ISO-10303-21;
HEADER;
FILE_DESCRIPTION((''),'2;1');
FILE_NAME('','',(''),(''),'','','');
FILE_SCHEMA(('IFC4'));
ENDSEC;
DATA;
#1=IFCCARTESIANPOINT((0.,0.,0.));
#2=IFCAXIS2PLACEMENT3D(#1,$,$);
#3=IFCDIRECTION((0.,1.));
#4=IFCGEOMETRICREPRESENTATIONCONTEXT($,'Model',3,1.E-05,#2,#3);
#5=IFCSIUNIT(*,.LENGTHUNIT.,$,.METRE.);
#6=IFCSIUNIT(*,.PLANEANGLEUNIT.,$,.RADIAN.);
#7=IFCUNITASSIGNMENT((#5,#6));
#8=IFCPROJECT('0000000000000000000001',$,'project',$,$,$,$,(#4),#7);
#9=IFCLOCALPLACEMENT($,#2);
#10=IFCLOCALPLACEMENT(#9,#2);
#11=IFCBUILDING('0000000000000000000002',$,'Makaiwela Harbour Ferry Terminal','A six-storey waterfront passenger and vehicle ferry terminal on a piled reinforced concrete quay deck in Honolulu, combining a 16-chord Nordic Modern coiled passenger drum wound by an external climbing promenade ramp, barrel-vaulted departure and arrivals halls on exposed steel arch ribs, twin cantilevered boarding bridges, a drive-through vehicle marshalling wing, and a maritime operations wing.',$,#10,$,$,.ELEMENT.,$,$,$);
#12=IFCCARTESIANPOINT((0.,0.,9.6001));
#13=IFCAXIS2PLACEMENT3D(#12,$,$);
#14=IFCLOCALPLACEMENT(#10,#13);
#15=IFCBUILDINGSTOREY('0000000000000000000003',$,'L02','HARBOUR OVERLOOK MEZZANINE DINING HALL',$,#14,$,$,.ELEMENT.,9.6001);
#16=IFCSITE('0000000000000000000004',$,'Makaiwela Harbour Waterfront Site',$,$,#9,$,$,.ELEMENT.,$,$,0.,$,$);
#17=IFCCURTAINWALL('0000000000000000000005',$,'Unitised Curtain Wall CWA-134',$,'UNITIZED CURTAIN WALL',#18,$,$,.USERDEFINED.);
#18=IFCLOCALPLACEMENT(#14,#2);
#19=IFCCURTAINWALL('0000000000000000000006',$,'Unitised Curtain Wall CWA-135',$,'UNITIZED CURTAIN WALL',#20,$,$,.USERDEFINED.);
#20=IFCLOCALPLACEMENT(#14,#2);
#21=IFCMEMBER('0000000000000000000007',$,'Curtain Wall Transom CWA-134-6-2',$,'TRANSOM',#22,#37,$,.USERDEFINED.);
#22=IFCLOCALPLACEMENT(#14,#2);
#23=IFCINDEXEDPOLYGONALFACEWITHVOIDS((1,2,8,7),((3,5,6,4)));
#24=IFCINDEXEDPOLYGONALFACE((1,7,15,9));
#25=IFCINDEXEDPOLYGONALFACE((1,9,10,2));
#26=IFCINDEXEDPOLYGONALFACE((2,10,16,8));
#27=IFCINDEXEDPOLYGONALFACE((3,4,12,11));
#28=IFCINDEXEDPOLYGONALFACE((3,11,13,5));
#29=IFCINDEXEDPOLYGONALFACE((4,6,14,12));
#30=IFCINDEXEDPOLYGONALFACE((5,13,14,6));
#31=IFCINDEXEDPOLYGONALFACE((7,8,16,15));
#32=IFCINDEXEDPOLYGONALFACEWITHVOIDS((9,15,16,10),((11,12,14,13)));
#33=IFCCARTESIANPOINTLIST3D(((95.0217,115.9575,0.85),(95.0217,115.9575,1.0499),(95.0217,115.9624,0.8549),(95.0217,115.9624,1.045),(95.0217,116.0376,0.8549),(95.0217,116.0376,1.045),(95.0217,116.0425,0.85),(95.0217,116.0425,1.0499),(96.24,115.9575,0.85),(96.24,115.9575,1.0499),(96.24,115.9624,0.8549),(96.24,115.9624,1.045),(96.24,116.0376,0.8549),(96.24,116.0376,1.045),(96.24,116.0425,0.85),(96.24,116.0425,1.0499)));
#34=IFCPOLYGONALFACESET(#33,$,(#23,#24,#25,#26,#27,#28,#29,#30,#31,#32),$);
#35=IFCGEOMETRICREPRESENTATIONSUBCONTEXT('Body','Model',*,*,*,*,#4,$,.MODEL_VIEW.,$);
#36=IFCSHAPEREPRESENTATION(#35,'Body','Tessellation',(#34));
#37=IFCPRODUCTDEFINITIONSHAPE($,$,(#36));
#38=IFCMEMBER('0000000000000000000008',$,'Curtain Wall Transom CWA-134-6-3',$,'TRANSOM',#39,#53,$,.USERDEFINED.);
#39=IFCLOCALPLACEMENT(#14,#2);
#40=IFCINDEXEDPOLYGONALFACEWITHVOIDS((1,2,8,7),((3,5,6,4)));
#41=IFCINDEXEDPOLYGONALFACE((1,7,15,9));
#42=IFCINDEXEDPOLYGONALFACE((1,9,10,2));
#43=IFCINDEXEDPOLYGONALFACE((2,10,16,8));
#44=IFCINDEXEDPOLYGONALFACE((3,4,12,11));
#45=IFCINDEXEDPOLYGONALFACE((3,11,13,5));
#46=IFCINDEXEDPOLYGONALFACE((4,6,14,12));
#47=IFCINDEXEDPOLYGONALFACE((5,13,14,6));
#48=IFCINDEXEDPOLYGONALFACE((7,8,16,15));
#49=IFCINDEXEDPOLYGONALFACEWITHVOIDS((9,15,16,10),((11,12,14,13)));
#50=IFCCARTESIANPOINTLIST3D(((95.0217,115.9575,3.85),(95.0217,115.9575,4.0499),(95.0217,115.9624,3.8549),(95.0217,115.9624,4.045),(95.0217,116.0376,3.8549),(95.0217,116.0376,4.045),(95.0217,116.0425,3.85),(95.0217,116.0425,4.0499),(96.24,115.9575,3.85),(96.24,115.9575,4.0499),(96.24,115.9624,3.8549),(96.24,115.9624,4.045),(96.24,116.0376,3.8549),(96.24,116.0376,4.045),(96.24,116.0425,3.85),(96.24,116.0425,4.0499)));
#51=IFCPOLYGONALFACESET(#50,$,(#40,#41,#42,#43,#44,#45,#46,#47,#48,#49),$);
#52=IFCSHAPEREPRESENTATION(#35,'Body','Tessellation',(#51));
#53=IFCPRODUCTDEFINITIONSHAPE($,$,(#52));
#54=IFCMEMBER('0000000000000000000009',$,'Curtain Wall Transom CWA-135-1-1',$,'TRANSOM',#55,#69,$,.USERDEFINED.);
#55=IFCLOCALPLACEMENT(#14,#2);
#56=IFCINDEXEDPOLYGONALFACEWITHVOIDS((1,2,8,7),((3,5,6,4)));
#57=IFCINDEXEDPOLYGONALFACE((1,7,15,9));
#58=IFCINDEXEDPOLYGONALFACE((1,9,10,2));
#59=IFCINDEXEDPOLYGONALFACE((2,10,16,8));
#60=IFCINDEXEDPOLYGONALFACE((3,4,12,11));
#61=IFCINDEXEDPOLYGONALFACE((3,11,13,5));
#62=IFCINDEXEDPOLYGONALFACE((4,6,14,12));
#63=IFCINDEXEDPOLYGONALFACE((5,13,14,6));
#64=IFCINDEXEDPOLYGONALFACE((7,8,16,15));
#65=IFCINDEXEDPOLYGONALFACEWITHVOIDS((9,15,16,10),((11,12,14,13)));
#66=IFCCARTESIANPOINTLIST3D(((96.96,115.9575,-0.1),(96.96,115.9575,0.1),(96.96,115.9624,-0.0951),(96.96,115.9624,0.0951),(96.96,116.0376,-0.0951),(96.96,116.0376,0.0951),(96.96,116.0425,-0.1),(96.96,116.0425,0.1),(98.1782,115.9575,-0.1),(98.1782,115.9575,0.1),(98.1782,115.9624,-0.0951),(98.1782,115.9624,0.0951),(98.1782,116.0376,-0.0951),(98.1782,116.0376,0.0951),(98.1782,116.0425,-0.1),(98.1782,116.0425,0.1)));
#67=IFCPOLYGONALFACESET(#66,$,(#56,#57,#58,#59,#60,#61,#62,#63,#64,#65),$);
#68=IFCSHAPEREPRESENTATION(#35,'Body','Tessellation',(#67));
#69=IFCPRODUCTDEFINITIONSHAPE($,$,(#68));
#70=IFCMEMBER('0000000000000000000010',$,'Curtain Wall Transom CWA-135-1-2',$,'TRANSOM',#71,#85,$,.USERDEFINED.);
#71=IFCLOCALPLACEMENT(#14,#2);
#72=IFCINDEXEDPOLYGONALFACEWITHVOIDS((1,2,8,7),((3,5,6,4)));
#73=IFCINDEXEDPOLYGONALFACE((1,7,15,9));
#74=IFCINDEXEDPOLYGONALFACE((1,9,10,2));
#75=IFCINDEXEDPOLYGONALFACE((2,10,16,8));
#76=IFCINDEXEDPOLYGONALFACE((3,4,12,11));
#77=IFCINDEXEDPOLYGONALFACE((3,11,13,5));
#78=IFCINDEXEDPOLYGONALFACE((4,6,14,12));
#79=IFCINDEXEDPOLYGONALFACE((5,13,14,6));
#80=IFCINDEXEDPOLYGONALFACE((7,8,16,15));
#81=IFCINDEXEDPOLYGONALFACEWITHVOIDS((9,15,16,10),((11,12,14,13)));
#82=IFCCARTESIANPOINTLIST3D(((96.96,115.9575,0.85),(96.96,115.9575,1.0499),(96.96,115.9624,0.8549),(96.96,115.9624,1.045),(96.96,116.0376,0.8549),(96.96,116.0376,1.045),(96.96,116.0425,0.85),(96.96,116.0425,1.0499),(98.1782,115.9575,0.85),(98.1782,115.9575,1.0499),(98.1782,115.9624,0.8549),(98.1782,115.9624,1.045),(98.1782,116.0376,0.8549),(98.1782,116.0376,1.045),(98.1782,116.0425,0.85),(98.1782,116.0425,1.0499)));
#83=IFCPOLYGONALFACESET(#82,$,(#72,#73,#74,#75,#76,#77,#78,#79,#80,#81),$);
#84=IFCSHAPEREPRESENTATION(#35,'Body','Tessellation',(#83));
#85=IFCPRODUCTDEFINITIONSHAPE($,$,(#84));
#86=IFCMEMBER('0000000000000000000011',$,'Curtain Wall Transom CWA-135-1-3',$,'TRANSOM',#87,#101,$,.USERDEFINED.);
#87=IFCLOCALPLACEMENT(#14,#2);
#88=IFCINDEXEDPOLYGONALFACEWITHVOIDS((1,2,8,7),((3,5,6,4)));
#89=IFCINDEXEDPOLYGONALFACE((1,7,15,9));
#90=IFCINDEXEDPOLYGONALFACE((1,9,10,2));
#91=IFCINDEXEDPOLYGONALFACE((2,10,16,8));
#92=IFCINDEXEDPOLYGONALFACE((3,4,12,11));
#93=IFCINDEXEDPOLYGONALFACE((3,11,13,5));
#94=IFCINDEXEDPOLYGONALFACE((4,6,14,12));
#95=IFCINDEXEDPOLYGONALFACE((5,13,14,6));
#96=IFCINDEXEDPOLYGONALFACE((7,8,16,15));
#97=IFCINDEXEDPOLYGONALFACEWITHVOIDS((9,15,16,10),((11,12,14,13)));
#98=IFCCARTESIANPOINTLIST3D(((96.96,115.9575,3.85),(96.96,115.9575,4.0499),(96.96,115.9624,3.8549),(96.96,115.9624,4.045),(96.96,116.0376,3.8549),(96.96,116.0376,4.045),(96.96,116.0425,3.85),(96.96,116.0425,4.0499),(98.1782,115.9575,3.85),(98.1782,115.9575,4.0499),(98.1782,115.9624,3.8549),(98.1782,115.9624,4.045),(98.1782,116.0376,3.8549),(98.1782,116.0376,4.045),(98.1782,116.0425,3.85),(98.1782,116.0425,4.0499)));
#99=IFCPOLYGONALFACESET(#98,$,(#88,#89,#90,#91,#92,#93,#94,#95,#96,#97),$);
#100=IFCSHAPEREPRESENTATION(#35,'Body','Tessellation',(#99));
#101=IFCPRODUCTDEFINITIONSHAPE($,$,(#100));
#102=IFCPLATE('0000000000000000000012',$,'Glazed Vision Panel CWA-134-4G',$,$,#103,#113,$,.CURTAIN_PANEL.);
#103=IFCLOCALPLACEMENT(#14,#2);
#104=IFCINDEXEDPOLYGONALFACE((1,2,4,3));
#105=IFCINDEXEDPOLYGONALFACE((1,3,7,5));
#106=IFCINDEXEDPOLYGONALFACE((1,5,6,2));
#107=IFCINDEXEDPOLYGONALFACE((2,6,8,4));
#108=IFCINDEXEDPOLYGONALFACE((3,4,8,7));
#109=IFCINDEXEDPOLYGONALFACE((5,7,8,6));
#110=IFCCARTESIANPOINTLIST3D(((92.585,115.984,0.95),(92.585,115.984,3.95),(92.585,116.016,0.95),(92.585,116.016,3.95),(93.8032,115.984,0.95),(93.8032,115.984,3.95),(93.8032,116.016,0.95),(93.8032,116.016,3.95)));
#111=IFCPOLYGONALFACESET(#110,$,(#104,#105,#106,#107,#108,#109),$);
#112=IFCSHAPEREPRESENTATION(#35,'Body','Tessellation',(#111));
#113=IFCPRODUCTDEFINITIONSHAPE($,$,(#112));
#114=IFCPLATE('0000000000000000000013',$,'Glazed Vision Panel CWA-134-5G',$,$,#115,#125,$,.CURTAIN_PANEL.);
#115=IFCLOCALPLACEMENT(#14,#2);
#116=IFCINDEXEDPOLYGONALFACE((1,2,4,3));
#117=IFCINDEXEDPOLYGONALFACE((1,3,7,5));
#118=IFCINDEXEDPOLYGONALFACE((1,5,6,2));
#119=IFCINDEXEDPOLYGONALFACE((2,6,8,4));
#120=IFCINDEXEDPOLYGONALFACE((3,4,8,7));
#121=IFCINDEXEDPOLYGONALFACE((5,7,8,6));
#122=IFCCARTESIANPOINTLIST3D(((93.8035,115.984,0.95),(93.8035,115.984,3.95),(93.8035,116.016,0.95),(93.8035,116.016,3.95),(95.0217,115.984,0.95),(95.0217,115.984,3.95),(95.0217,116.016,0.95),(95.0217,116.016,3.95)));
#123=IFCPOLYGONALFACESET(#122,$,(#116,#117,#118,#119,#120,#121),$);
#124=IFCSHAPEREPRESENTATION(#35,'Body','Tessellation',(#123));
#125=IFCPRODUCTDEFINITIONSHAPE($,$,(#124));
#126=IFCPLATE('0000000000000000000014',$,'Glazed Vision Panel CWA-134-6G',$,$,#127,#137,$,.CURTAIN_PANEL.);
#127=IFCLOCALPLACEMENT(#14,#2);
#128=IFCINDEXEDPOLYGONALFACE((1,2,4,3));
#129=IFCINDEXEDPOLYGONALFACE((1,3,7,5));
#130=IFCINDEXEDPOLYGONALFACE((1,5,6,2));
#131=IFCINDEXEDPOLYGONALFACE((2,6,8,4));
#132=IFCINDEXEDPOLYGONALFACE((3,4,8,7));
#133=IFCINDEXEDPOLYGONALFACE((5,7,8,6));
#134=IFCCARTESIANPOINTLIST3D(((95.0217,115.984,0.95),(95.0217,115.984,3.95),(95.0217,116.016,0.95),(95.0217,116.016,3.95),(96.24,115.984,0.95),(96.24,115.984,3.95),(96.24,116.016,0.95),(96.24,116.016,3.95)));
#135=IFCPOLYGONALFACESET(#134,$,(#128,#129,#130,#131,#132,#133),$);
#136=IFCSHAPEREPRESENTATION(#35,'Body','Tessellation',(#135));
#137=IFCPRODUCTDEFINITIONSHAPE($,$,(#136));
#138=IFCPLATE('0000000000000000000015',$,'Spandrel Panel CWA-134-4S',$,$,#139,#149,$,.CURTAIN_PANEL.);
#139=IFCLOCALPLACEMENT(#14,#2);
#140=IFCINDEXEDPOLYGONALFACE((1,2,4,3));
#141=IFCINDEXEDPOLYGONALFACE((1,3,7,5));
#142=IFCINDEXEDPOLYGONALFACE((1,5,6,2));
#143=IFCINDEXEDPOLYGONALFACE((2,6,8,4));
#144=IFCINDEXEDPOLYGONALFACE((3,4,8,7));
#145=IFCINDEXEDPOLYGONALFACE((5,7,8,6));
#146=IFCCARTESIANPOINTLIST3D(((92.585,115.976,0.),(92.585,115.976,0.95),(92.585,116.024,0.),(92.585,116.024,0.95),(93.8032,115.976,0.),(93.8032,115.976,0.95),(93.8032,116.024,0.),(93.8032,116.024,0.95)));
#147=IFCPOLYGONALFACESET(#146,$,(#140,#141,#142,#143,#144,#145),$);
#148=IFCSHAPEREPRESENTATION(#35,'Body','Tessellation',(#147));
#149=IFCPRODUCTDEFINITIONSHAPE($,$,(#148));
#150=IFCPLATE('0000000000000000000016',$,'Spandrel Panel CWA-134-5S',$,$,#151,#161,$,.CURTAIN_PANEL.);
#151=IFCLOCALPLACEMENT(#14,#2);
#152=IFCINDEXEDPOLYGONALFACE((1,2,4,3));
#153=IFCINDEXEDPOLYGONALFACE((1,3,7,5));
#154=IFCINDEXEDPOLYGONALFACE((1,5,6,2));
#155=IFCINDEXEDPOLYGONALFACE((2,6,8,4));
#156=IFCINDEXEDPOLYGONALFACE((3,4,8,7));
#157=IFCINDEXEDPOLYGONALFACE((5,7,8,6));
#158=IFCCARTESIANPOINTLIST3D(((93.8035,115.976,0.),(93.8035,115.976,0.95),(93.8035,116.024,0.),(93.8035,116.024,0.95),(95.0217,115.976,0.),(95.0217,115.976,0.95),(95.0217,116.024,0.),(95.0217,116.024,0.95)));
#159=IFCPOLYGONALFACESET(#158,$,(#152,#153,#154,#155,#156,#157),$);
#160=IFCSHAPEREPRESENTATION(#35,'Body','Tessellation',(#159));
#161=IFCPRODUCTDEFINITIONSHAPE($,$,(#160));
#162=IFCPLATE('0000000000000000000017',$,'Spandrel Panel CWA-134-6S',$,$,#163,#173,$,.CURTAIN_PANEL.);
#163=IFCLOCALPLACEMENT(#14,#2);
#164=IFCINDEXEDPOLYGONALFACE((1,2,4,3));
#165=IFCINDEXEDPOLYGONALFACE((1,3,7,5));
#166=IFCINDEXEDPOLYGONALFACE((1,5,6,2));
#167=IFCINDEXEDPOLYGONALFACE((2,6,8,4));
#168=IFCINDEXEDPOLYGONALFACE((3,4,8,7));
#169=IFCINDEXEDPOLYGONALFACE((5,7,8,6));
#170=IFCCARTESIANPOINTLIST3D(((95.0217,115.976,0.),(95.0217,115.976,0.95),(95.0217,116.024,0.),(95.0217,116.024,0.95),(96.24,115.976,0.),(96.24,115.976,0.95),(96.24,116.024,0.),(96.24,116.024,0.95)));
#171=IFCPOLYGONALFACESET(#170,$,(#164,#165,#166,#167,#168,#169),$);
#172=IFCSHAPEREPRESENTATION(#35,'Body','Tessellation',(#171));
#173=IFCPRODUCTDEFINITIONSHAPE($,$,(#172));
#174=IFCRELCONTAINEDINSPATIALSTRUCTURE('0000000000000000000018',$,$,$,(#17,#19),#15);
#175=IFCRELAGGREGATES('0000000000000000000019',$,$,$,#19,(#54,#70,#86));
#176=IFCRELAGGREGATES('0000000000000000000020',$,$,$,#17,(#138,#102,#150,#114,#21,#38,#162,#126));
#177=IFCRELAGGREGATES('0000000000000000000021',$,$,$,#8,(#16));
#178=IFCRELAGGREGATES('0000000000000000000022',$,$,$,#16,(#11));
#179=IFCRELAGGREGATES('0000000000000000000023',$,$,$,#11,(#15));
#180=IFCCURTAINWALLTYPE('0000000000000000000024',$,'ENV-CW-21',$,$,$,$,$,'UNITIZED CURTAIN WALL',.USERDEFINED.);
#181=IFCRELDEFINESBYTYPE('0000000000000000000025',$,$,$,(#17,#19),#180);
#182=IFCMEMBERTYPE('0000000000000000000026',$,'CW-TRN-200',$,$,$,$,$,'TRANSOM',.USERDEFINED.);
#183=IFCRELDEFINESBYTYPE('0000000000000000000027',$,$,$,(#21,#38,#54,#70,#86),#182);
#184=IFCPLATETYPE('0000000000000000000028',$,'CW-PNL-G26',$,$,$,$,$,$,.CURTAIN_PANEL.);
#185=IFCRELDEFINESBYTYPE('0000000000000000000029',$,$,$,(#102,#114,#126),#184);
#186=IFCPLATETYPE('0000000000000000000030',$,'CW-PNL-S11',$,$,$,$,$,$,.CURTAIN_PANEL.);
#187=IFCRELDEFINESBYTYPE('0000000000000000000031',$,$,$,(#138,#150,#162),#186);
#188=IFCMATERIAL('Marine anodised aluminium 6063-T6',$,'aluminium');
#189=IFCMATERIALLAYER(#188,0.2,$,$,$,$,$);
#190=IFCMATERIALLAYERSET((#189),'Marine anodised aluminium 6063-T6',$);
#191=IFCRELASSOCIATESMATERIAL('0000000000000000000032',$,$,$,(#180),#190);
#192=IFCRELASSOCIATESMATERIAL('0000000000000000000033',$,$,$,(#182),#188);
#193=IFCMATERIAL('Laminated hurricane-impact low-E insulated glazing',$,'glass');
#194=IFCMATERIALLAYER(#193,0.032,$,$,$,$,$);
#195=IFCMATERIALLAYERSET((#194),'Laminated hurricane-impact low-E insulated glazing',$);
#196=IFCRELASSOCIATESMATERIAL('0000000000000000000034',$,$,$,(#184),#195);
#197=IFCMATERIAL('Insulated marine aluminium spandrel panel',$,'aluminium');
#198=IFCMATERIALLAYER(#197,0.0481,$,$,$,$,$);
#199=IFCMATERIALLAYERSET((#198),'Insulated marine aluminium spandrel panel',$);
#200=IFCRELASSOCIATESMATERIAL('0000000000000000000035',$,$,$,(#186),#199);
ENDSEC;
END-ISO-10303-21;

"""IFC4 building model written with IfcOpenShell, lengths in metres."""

from ifc_helpers import new_model, si_unit, direction, frame, origin, origin_2d, place, context, subcontext, project, spatial, rectangle, hollow_rectangle, extrude, material, layer, layer_set, material_profile, profile_set, type_object, element, aggregate, save


model = new_model("IFC4")

# Units and contexts
model_context = context("Model", 3, precision=1e-05, world=origin(), true_north=direction((0.0, 1.0)))
body_context = subcontext(model_context, "Body", "Model", "MODEL_VIEW")
ifc_project = project(units=[si_unit("LENGTHUNIT", "METRE"), si_unit("PLANEANGLEUNIT", "RADIAN")], contexts=[model_context])

# Site, building, storey
site_placement = place(None, origin())
site = spatial("IfcSite", under=ifc_project, at=site_placement, Name="Makaiwela Harbour Waterfront Site", CompositionType="ELEMENT", RefElevation=0.0)
building_placement = place(site_placement, origin())
building = spatial("IfcBuilding", under=site, at=building_placement, Name="Makaiwela Harbour Ferry Terminal", Description="A six-storey waterfront passenger and vehicle ferry terminal on a piled reinforced concrete quay deck in Honolulu, combining a 16-chord Nordic Modern coiled passenger drum wound by an external climbing promenade ramp, barrel-vaulted departure and arrivals halls on exposed steel arch ribs, twin cantilevered boarding bridges, a drive-through vehicle marshalling wing, and a maritime operations wing.", CompositionType="ELEMENT")
storey_placement = place(building_placement, frame((0.0, 0.0, 9.6001)))
storey = spatial("IfcBuildingStorey", under=building, at=storey_placement, Name="L02", Description="HARBOUR OVERLOOK MEZZANINE DINING HALL", CompositionType="ELEMENT", Elevation=9.6001)

# Curtain wall
ifc_material_1 = material(Name="Marine anodised aluminium 6063-T6", Category="aluminium")
ifc_layer_1 = layer(ifc_material_1, 0.2)
ifc_layer_set_1 = layer_set([ifc_layer_1], Name="Marine anodised aluminium 6063-T6")
curtain_wall_type = type_object("IfcCurtainWallType", Name="ENV-CW-21", ElementType="UNITIZED CURTAIN WALL", PredefinedType="USERDEFINED", material=ifc_layer_set_1)
curtain_wall_1_placement = place(storey_placement, origin())
curtain_wall_1 = element("IfcCurtainWall", 1, at=curtain_wall_1_placement, inside=storey, type_object=curtain_wall_type, Name="Unitised Curtain Wall CWA-134", ObjectType="UNITIZED CURTAIN WALL", PredefinedType="USERDEFINED")

# Curtain wall
curtain_wall_2_placement = place(storey_placement, origin())
curtain_wall_2 = element("IfcCurtainWall", 2, at=curtain_wall_2_placement, inside=storey, type_object=curtain_wall_type, Name="Unitised Curtain Wall CWA-135", ObjectType="UNITIZED CURTAIN WALL", PredefinedType="USERDEFINED")

# Members
ifc_material_profile_1 = material_profile(ifc_material_1, hollow_rectangle(XDim=0.085, YDim=0.2, WallThickness=0.0049, at=origin_2d()), Name="CWT-200X85")
ifc_profile_set_1 = profile_set([ifc_material_profile_1], Name="Marine anodised aluminium 6063-T6")
member_type_1 = type_object("IfcMemberType", Name="CW-TRN-200", ElementType="TRANSOM", PredefinedType="USERDEFINED", material=ifc_profile_set_1)
member_1_placement = place(storey_placement, frame((95.0217, 116.0, 0.95), z_axis=(1.0, 0.0, 0.0), x_axis=(0.0, 1.0, 0.0)))
member_1 = element("IfcMember", 3, at=member_1_placement, type_object=member_type_1, Name="Curtain Wall Transom CWA-134-6-2", ObjectType="TRANSOM", PredefinedType="USERDEFINED", context=body_context, shape_type="SweptSolid", body=[
    extrude(hollow_rectangle(XDim=0.085, YDim=0.2, WallThickness=0.0049, at=origin_2d()), origin(), (0.0, 0.0, 1.0), 1.2183),
])
member_2_placement = place(storey_placement, frame((95.0217, 116.0, 3.95), z_axis=(1.0, 0.0, 0.0), x_axis=(0.0, 1.0, 0.0)))
member_2 = element("IfcMember", 4, at=member_2_placement, type_object=member_type_1, Name="Curtain Wall Transom CWA-134-6-3", ObjectType="TRANSOM", PredefinedType="USERDEFINED", context=body_context, shape_type="SweptSolid", body=[
    extrude(hollow_rectangle(XDim=0.085, YDim=0.2, WallThickness=0.0049, at=origin_2d()), origin(), (0.0, 0.0, 1.0), 1.2183),
])
member_3_placement = place(storey_placement, frame((96.96, 116.0, 0.0), z_axis=(1.0, 0.0, 0.0), x_axis=(0.0, 1.0, 0.0)))
member_3 = element("IfcMember", 5, at=member_3_placement, type_object=member_type_1, Name="Curtain Wall Transom CWA-135-1-1", ObjectType="TRANSOM", PredefinedType="USERDEFINED", context=body_context, shape_type="SweptSolid", body=[
    extrude(hollow_rectangle(XDim=0.085, YDim=0.2, WallThickness=0.0049, at=origin_2d()), origin(), (0.0, 0.0, 1.0), 1.2183),
])
member_4_placement = place(storey_placement, frame((96.96, 116.0, 0.95), z_axis=(1.0, 0.0, 0.0), x_axis=(0.0, 1.0, 0.0)))
member_4 = element("IfcMember", 6, at=member_4_placement, type_object=member_type_1, Name="Curtain Wall Transom CWA-135-1-2", ObjectType="TRANSOM", PredefinedType="USERDEFINED", context=body_context, shape_type="SweptSolid", body=[
    extrude(hollow_rectangle(XDim=0.085, YDim=0.2, WallThickness=0.0049, at=origin_2d()), origin(), (0.0, 0.0, 1.0), 1.2183),
])
member_5_placement = place(storey_placement, frame((96.96, 116.0, 3.95), z_axis=(1.0, 0.0, 0.0), x_axis=(0.0, 1.0, 0.0)))
member_5 = element("IfcMember", 7, at=member_5_placement, type_object=member_type_1, Name="Curtain Wall Transom CWA-135-1-3", ObjectType="TRANSOM", PredefinedType="USERDEFINED", context=body_context, shape_type="SweptSolid", body=[
    extrude(hollow_rectangle(XDim=0.085, YDim=0.2, WallThickness=0.0049, at=origin_2d()), origin(), (0.0, 0.0, 1.0), 1.2183),
])
aggregate(curtain_wall_2, [member_3, member_4, member_5])

# Plates
ifc_material_2 = material(Name="Laminated hurricane-impact low-E insulated glazing", Category="glass")
ifc_layer_2 = layer(ifc_material_2, 0.032)
ifc_layer_set_2 = layer_set([ifc_layer_2], Name="Laminated hurricane-impact low-E insulated glazing")
plate_type_1 = type_object("IfcPlateType", Name="CW-PNL-G26", PredefinedType="CURTAIN_PANEL", material=ifc_layer_set_2)
plate_1_placement = place(storey_placement, frame((93.1941, 116.0, 0.95), z_axis=(0.0, 0.0, 1.0), x_axis=(1.0, 0.0, 0.0)))
plate_1 = element("IfcPlate", 8, at=plate_1_placement, type_object=plate_type_1, Name="Glazed Vision Panel CWA-134-4G", PredefinedType="CURTAIN_PANEL", context=body_context, shape_type="SweptSolid", body=[
    extrude(rectangle(XDim=1.2183, YDim=0.032, at=origin_2d()), origin(), (0.0, 0.0, 1.0), 3.0),
])
plate_2_placement = place(storey_placement, frame((94.4126, 116.0, 0.95), z_axis=(0.0, 0.0, 1.0), x_axis=(1.0, 0.0, 0.0)))
plate_2 = element("IfcPlate", 9, at=plate_2_placement, type_object=plate_type_1, Name="Glazed Vision Panel CWA-134-5G", PredefinedType="CURTAIN_PANEL", context=body_context, shape_type="SweptSolid", body=[
    extrude(rectangle(XDim=1.2183, YDim=0.032, at=origin_2d()), origin(), (0.0, 0.0, 1.0), 3.0),
])
plate_3_placement = place(storey_placement, frame((95.6309, 116.0, 0.95), z_axis=(0.0, 0.0, 1.0), x_axis=(1.0, 0.0, 0.0)))
plate_3 = element("IfcPlate", 10, at=plate_3_placement, type_object=plate_type_1, Name="Glazed Vision Panel CWA-134-6G", PredefinedType="CURTAIN_PANEL", context=body_context, shape_type="SweptSolid", body=[
    extrude(rectangle(XDim=1.2183, YDim=0.032, at=origin_2d()), origin(), (0.0, 0.0, 1.0), 3.0),
])
ifc_material_3 = material(Name="Insulated marine aluminium spandrel panel", Category="aluminium")
ifc_layer_3 = layer(ifc_material_3, 0.0481)
ifc_layer_set_3 = layer_set([ifc_layer_3], Name="Insulated marine aluminium spandrel panel")
plate_type_2 = type_object("IfcPlateType", Name="CW-PNL-S11", PredefinedType="CURTAIN_PANEL", material=ifc_layer_set_3)
plate_4_placement = place(storey_placement, frame((93.1941, 116.0, 0.0), z_axis=(0.0, 0.0, 1.0), x_axis=(1.0, 0.0, 0.0)))
plate_4 = element("IfcPlate", 11, at=plate_4_placement, type_object=plate_type_2, Name="Spandrel Panel CWA-134-4S", PredefinedType="CURTAIN_PANEL", context=body_context, shape_type="SweptSolid", body=[
    extrude(rectangle(XDim=1.2183, YDim=0.0481, at=origin_2d()), origin(), (0.0, 0.0, 1.0), 0.95),
])
plate_5_placement = place(storey_placement, frame((94.4126, 116.0, 0.0), z_axis=(0.0, 0.0, 1.0), x_axis=(1.0, 0.0, 0.0)))
plate_5 = element("IfcPlate", 12, at=plate_5_placement, type_object=plate_type_2, Name="Spandrel Panel CWA-134-5S", PredefinedType="CURTAIN_PANEL", context=body_context, shape_type="SweptSolid", body=[
    extrude(rectangle(XDim=1.2183, YDim=0.0481, at=origin_2d()), origin(), (0.0, 0.0, 1.0), 0.95),
])
plate_6_placement = place(storey_placement, frame((95.6309, 116.0, 0.0), z_axis=(0.0, 0.0, 1.0), x_axis=(1.0, 0.0, 0.0)))
plate_6 = element("IfcPlate", 13, at=plate_6_placement, type_object=plate_type_2, Name="Spandrel Panel CWA-134-6S", PredefinedType="CURTAIN_PANEL", context=body_context, shape_type="SweptSolid", body=[
    extrude(rectangle(XDim=1.2183, YDim=0.0481, at=origin_2d()), origin(), (0.0, 0.0, 1.0), 0.95),
])
aggregate(curtain_wall_1, [plate_4, plate_1, plate_5, plate_2, member_1, member_2, plate_6, plate_3])

save(model, "model.ifc")
